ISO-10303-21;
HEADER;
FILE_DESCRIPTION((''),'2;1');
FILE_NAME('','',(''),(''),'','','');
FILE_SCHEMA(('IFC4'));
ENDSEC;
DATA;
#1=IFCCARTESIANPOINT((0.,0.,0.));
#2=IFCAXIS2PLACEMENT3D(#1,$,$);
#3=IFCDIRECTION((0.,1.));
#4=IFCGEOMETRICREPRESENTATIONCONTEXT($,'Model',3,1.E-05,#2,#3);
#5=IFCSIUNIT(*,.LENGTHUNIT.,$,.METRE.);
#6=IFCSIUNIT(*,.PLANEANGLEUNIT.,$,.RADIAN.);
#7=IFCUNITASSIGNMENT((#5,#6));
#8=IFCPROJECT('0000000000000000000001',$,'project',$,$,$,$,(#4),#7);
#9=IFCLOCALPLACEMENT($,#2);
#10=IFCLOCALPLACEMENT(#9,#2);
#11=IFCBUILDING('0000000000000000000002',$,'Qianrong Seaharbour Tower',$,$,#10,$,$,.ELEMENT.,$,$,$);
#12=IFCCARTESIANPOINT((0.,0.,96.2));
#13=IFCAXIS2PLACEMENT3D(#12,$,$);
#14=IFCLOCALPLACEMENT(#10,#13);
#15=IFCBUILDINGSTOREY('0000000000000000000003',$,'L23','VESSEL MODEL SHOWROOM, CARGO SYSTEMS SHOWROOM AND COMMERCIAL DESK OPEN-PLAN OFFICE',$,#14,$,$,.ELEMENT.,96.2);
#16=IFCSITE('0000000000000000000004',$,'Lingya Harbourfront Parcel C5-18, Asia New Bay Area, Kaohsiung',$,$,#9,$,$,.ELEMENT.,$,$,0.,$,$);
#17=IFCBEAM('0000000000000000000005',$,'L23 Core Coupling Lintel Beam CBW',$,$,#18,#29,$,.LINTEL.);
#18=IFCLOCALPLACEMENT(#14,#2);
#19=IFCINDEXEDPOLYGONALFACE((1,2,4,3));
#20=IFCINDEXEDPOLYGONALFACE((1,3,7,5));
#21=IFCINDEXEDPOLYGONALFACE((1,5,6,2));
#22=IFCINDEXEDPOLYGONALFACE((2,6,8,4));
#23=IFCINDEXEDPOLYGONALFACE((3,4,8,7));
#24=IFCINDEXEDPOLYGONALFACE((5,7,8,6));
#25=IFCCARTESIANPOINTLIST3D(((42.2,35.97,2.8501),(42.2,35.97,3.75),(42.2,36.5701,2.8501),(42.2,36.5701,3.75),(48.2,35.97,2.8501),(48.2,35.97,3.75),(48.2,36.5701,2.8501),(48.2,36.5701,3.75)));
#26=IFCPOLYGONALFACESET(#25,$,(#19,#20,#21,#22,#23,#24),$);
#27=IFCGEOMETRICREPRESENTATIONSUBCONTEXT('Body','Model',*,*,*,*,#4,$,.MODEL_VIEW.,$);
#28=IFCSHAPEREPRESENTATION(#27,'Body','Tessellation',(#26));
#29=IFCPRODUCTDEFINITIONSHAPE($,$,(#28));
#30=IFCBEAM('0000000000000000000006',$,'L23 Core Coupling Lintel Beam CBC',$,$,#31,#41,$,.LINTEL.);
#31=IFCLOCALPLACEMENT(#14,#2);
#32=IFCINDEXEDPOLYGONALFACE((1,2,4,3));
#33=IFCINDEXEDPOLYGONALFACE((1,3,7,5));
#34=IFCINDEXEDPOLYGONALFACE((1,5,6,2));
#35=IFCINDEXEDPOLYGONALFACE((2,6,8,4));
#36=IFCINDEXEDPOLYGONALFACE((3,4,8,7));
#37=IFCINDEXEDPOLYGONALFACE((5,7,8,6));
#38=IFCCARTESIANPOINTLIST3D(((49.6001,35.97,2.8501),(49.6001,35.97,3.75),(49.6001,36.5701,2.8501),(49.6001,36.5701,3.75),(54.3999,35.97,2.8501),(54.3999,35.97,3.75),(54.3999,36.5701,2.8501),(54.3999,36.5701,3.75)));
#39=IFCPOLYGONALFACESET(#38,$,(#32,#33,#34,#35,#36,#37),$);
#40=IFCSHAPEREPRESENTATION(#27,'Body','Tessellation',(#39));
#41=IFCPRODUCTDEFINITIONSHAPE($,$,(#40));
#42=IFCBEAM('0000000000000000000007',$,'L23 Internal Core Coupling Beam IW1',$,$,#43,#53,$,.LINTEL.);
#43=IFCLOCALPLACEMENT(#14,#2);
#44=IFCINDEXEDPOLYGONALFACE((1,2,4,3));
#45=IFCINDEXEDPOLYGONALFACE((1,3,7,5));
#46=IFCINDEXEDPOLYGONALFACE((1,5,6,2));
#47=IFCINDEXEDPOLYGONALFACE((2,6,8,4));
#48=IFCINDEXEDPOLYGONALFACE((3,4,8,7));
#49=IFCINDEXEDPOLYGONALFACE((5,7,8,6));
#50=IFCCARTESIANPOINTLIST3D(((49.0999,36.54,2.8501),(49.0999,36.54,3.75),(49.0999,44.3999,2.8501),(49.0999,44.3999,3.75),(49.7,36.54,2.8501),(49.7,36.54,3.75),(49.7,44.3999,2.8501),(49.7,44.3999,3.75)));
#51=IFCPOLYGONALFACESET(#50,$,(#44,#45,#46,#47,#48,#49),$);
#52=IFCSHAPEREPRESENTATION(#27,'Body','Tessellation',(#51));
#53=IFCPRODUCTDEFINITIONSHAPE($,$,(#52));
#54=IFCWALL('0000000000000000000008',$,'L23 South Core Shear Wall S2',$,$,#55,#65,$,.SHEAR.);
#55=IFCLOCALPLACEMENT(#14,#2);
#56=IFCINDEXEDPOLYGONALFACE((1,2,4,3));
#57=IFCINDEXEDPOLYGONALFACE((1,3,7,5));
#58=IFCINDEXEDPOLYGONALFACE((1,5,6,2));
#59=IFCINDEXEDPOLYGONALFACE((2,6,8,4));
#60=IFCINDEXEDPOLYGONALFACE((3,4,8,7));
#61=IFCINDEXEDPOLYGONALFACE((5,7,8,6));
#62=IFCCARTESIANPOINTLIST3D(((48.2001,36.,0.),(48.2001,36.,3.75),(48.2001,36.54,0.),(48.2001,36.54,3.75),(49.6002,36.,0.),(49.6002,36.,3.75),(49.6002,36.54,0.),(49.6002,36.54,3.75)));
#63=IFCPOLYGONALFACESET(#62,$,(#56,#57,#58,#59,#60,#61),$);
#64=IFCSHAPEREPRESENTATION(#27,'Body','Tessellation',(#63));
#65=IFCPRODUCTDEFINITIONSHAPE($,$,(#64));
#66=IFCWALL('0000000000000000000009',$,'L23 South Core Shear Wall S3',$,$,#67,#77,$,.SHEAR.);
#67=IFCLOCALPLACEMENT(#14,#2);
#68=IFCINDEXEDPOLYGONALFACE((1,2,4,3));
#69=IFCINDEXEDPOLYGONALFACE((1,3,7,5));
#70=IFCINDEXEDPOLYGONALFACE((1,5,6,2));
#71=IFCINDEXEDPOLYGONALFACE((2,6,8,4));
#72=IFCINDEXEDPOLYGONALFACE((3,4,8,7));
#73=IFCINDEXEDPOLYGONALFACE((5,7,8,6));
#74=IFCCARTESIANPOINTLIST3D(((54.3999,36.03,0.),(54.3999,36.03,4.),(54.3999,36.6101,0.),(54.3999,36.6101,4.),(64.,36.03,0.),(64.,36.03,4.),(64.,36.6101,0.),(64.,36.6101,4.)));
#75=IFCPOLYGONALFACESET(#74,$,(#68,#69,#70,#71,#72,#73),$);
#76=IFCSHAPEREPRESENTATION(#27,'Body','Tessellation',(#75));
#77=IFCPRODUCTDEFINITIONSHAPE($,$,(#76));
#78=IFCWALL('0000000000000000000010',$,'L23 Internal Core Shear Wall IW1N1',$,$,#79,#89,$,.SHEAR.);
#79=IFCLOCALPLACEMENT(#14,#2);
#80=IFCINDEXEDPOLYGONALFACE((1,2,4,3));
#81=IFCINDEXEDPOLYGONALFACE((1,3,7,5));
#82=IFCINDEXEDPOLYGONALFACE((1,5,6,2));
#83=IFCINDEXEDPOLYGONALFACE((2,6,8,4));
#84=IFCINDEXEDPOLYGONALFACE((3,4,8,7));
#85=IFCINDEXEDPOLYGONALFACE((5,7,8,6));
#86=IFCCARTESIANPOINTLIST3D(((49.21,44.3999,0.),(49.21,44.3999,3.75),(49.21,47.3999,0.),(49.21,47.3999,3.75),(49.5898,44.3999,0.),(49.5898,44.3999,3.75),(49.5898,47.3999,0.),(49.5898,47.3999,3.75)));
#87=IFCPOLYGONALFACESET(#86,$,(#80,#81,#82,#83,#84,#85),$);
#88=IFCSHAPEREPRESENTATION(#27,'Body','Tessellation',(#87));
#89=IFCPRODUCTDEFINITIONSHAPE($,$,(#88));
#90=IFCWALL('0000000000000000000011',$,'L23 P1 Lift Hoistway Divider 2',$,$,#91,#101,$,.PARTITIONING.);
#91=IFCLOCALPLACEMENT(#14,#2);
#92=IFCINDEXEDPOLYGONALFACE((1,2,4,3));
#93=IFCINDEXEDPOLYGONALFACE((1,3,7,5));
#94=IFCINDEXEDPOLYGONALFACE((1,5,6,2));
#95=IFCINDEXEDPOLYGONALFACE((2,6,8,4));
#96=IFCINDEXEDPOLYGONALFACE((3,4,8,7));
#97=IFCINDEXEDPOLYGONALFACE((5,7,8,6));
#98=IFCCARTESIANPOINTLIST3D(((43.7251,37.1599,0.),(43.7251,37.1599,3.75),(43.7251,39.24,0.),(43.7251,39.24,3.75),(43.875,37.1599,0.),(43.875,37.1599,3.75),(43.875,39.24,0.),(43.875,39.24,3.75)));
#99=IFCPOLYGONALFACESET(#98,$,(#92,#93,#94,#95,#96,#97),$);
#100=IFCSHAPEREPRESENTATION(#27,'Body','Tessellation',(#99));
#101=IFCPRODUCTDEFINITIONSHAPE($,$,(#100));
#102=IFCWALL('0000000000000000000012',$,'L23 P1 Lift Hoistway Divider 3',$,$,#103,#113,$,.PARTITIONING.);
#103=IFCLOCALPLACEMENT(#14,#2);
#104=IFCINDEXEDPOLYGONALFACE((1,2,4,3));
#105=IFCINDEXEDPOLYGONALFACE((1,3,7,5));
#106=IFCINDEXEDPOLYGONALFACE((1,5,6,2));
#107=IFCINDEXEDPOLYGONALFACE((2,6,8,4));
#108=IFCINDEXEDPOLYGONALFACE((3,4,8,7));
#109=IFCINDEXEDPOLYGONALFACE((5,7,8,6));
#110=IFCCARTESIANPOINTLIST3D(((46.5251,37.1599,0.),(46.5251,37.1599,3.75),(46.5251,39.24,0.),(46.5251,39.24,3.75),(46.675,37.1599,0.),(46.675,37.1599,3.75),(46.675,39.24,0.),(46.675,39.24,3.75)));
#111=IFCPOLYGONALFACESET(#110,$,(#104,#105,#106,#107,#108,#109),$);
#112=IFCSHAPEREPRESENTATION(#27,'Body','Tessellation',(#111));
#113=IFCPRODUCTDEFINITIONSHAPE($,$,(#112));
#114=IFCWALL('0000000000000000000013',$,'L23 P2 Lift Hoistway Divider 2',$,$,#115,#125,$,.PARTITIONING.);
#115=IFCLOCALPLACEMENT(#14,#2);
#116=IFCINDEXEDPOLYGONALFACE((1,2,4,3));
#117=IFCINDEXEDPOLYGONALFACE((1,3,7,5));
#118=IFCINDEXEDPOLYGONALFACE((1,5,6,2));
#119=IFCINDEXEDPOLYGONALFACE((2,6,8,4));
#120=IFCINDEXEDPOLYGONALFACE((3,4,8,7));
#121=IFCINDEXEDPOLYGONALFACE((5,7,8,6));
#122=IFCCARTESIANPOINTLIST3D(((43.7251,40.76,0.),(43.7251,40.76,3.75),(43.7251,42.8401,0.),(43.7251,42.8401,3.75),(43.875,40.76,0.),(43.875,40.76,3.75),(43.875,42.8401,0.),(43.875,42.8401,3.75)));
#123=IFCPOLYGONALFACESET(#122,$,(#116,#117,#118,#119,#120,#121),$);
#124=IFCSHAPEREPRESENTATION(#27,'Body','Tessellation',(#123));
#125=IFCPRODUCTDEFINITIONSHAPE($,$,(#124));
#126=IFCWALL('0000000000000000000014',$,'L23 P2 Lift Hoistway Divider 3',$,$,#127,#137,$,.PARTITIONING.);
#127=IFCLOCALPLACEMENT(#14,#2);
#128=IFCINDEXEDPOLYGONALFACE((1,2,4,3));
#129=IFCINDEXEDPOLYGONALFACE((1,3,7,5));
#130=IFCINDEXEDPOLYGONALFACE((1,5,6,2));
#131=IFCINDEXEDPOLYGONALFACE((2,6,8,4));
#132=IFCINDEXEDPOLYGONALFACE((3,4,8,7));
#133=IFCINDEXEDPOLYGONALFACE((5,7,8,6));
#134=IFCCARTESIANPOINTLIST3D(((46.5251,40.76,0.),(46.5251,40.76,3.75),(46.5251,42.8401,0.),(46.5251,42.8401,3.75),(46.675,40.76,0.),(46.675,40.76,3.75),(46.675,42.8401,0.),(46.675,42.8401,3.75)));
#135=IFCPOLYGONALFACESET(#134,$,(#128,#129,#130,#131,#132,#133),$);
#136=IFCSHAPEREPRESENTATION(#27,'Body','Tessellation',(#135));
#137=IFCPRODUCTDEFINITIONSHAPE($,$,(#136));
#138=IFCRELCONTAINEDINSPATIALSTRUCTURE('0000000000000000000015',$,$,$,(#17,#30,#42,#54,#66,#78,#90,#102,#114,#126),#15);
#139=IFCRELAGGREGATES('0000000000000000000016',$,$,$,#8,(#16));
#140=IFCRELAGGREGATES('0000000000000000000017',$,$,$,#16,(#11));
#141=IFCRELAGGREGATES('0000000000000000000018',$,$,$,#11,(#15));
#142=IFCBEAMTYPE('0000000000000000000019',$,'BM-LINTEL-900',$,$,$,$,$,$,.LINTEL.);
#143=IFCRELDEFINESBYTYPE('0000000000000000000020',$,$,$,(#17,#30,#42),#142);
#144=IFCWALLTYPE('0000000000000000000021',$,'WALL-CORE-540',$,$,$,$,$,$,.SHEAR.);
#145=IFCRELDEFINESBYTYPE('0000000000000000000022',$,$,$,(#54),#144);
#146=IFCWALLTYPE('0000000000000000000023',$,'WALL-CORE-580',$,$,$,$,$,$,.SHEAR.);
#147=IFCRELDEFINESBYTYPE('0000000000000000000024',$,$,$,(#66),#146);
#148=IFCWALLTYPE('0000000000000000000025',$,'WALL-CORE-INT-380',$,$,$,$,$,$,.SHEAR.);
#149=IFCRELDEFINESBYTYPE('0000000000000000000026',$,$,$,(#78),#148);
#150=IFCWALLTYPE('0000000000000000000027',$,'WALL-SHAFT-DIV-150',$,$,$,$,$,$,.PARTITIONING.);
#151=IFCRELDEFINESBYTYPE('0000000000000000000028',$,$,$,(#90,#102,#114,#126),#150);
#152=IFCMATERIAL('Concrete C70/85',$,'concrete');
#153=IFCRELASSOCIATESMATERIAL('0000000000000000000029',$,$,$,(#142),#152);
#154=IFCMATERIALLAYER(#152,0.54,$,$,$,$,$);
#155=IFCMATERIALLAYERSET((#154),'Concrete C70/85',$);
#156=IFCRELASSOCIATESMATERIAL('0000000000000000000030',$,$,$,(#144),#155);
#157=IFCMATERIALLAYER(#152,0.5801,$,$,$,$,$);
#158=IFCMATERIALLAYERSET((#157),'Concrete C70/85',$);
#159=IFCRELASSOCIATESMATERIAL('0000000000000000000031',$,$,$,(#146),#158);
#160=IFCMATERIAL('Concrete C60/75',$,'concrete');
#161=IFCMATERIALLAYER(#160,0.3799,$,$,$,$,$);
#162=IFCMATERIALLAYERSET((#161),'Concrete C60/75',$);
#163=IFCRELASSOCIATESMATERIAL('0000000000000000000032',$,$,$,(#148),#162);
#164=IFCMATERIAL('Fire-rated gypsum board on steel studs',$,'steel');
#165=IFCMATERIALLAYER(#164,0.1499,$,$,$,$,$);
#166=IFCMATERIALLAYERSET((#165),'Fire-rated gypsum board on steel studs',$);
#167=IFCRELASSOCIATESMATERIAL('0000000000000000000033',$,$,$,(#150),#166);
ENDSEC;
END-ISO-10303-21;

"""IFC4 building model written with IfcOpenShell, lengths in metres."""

from ifc_helpers import new_model, si_unit, direction, frame, frame_2d, origin, origin_2d, place, context, subcontext, project, spatial, rectangle, extrude, material, layer, layer_set, material_profile, profile_set, type_object, element, save


model = new_model("IFC4")

# Units and contexts
model_context = context("Model", 3, precision=1e-05, world=origin(), true_north=direction((0.0, 1.0)))
body_context = subcontext(model_context, "Body", "Model", "MODEL_VIEW")
ifc_project = project(units=[si_unit("LENGTHUNIT", "METRE"), si_unit("PLANEANGLEUNIT", "RADIAN")], contexts=[model_context])

# Site, building, storey
site_placement = place(None, origin())
site = spatial("IfcSite", under=ifc_project, at=site_placement, Name="Lingya Harbourfront Parcel C5-18, Asia New Bay Area, Kaohsiung", CompositionType="ELEMENT", RefElevation=0.0)
building_placement = place(site_placement, origin())
building = spatial("IfcBuilding", under=site, at=building_placement, Name="Qianrong Seaharbour Tower", CompositionType="ELEMENT")
storey_placement = place(building_placement, frame((0.0, 0.0, 96.2)))
storey = spatial("IfcBuildingStorey", under=building, at=storey_placement, Name="L23", Description="VESSEL MODEL SHOWROOM, CARGO SYSTEMS SHOWROOM AND COMMERCIAL DESK OPEN-PLAN OFFICE", CompositionType="ELEMENT", Elevation=96.2)

# Beams
ifc_material_1 = material(Name="Concrete C70/85", Category="concrete")
ifc_material_profile = material_profile(ifc_material_1, rectangle(XDim=0.6001, YDim=0.8999, at=origin_2d()), Name="RC600x900")
ifc_profile_set = profile_set([ifc_material_profile], Name="Concrete C70/85")
beam_type = type_object("IfcBeamType", Name="BM-LINTEL-900", PredefinedType="LINTEL", material=ifc_profile_set)
beam_1_placement = place(storey_placement, frame((42.2, 36.27, 3.3), z_axis=(1.0, 0.0, 0.0), x_axis=(0.0, 1.0, 0.0)))
element("IfcBeam", 1, at=beam_1_placement, inside=storey, type_object=beam_type, Name="L23 Core Coupling Lintel Beam CBW", PredefinedType="LINTEL", context=body_context, shape_type="SweptSolid", body=[
    extrude(rectangle(XDim=0.6001, YDim=0.8999, at=origin_2d()), origin(), (0.0, 0.0, 1.0), 6.0),
])
beam_2_placement = place(storey_placement, frame((49.6001, 36.27, 3.3), z_axis=(1.0, 0.0, 0.0), x_axis=(0.0, 1.0, 0.0)))
element("IfcBeam", 2, at=beam_2_placement, inside=storey, type_object=beam_type, Name="L23 Core Coupling Lintel Beam CBC", PredefinedType="LINTEL", context=body_context, shape_type="SweptSolid", body=[
    extrude(rectangle(XDim=0.6001, YDim=0.8999, at=origin_2d()), origin(), (0.0, 0.0, 1.0), 4.7998),
])
beam_3_placement = place(storey_placement, frame((49.3999, 36.54, 3.3), z_axis=(0.0, 1.0, 0.0), x_axis=(-1.0, 0.0, 0.0)))
element("IfcBeam", 3, at=beam_3_placement, inside=storey, type_object=beam_type, Name="L23 Internal Core Coupling Beam IW1", PredefinedType="LINTEL", context=body_context, shape_type="SweptSolid", body=[
    extrude(rectangle(XDim=0.6001, YDim=0.8999, at=origin_2d()), origin(), (0.0, 0.0, 1.0), 7.8599),
])

# Walls
ifc_layer_1 = layer(ifc_material_1, 0.54)
ifc_layer_set_1 = layer_set([ifc_layer_1], Name="Concrete C70/85")
wall_type_1 = type_object("IfcWallType", Name="WALL-CORE-540", PredefinedType="SHEAR", material=ifc_layer_set_1)
wall_1_placement = place(storey_placement, frame((48.2, 36.27, 0.0), z_axis=(0.0, 0.0, 1.0), x_axis=(1.0, 0.0, 0.0)))
element("IfcWall", 4, at=wall_1_placement, inside=storey, type_object=wall_type_1, Name="L23 South Core Shear Wall S2", PredefinedType="SHEAR", context=body_context, shape_type="SweptSolid", body=[
    extrude(rectangle(XDim=1.4001, YDim=0.54, at=frame_2d((0.7002, 0.0))), origin(), (0.0, 0.0, 1.0), 3.75),
])
ifc_layer_2 = layer(ifc_material_1, 0.5801)
ifc_layer_set_2 = layer_set([ifc_layer_2], Name="Concrete C70/85")
wall_type_2 = type_object("IfcWallType", Name="WALL-CORE-580", PredefinedType="SHEAR", material=ifc_layer_set_2)
wall_2_placement = place(storey_placement, frame((54.3999, 36.3201, 0.0), z_axis=(0.0, 0.0, 1.0), x_axis=(1.0, 0.0, 0.0)))
element("IfcWall", 5, at=wall_2_placement, inside=storey, type_object=wall_type_2, Name="L23 South Core Shear Wall S3", PredefinedType="SHEAR", context=body_context, shape_type="SweptSolid", body=[
    extrude(rectangle(XDim=9.6001, YDim=0.5801, at=frame_2d((4.8, 0.0))), origin(), (0.0, 0.0, 1.0), 4.0),
])
ifc_material_2 = material(Name="Concrete C60/75", Category="concrete")
ifc_layer_3 = layer(ifc_material_2, 0.3799)
ifc_layer_set_3 = layer_set([ifc_layer_3], Name="Concrete C60/75")
wall_type_3 = type_object("IfcWallType", Name="WALL-CORE-INT-380", PredefinedType="SHEAR", material=ifc_layer_set_3)
wall_3_placement = place(storey_placement, frame((49.3999, 44.3999, 0.0), z_axis=(0.0, 0.0, 1.0), x_axis=(0.0, 1.0, 0.0)))
element("IfcWall", 6, at=wall_3_placement, inside=storey, type_object=wall_type_3, Name="L23 Internal Core Shear Wall IW1N1", PredefinedType="SHEAR", context=body_context, shape_type="SweptSolid", body=[
    extrude(rectangle(XDim=3.0, YDim=0.3799, at=frame_2d((1.5, 0.0))), origin(), (0.0, 0.0, 1.0), 3.75),
])
ifc_material_3 = material(Name="Fire-rated gypsum board on steel studs", Category="steel")
ifc_layer_4 = layer(ifc_material_3, 0.1499)
ifc_layer_set_4 = layer_set([ifc_layer_4], Name="Fire-rated gypsum board on steel studs")
wall_type_4 = type_object("IfcWallType", Name="WALL-SHAFT-DIV-150", PredefinedType="PARTITIONING", material=ifc_layer_set_4)
for number, where, z_axis, x_axis, name in (
    (7, (43.8, 37.1599, 0.0), (0.0, 0.0, 1.0), (0.0, 1.0, 0.0), "L23 P1 Lift Hoistway Divider 2"),
    (8, (46.6001, 37.1599, 0.0), (0.0, 0.0, 1.0), (0.0, 1.0, 0.0), "L23 P1 Lift Hoistway Divider 3"),
    (9, (43.8, 40.76, 0.0), (0.0, 0.0, 1.0), (0.0, 1.0, 0.0), "L23 P2 Lift Hoistway Divider 2"),
    (10, (46.6001, 40.76, 0.0), (0.0, 0.0, 1.0), (0.0, 1.0, 0.0), "L23 P2 Lift Hoistway Divider 3"),
):
    element("IfcWall", number, at=place(storey_placement, frame(where, z_axis=z_axis, x_axis=x_axis)), inside=storey, type_object=wall_type_4, Name=name, PredefinedType="PARTITIONING", context=body_context, shape_type="SweptSolid", body=[
        extrude(rectangle(XDim=2.0801, YDim=0.1499, at=frame_2d((1.04, 0.0))), origin(), (0.0, 0.0, 1.0), 3.75),
    ])

save(model, "model.ifc")
